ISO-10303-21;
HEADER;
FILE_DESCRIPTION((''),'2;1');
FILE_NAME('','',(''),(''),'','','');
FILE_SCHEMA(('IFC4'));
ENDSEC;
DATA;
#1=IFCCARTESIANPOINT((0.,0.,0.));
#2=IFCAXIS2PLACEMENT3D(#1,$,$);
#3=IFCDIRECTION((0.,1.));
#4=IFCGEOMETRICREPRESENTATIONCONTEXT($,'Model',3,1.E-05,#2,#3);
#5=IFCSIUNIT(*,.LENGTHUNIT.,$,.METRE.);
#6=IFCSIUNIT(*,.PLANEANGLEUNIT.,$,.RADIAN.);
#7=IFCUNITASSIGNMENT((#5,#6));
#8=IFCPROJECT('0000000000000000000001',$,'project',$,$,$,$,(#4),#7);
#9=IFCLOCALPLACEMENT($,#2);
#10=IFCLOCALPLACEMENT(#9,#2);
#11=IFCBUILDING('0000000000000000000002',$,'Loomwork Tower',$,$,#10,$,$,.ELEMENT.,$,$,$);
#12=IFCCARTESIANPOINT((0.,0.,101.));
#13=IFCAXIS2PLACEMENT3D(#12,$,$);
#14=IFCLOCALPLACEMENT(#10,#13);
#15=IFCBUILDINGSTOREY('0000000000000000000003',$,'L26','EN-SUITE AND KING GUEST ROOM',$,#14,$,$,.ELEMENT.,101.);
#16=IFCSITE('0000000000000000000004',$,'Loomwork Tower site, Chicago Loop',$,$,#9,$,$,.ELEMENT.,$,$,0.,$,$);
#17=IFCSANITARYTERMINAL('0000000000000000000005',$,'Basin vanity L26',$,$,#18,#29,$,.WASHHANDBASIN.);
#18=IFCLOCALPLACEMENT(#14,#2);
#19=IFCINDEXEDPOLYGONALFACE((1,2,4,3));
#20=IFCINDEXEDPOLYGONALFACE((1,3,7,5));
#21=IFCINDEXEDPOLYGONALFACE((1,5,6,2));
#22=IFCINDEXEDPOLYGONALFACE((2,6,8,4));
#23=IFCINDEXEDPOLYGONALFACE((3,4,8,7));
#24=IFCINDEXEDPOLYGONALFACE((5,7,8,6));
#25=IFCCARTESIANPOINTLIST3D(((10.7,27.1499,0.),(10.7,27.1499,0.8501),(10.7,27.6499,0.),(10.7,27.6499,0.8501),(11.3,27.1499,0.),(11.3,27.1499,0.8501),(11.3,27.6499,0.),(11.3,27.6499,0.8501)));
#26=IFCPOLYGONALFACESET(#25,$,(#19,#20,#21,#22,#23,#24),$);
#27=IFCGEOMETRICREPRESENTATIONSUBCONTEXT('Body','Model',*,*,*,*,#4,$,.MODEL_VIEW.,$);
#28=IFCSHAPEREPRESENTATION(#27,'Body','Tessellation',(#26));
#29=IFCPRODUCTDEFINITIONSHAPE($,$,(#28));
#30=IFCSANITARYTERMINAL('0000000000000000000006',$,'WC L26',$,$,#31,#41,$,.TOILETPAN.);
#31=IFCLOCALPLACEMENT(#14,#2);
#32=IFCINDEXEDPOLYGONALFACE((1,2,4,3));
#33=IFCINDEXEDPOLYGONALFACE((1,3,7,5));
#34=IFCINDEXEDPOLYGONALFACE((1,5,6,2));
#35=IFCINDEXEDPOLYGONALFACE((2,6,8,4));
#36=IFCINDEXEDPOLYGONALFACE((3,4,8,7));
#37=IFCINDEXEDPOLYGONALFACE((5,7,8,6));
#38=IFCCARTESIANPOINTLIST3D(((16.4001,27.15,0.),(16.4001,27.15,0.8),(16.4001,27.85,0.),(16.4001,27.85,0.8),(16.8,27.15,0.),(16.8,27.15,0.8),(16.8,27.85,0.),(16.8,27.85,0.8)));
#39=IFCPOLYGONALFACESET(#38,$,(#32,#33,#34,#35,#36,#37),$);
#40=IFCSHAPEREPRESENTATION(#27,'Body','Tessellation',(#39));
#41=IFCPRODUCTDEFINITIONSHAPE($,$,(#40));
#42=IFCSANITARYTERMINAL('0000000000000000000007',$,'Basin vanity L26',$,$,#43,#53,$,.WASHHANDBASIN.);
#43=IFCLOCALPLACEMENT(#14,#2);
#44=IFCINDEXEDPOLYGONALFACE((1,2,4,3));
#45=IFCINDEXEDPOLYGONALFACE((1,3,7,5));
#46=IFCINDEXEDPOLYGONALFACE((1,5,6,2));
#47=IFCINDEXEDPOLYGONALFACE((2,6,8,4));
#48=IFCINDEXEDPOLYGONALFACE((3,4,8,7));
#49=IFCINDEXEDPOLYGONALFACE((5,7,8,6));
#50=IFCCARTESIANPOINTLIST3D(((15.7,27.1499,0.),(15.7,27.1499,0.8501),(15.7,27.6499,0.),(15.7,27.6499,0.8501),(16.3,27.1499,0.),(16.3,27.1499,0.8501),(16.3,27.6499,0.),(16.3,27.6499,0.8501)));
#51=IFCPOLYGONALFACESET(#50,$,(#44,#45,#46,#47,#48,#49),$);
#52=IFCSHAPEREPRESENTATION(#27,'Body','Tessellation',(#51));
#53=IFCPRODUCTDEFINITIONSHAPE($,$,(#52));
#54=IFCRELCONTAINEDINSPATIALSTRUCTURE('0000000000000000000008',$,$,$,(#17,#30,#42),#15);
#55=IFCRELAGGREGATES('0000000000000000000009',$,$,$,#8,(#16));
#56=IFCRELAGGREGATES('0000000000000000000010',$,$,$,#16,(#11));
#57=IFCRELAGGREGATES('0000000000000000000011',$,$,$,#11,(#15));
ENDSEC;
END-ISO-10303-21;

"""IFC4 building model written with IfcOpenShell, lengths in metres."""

from ifc_helpers import new_model, si_unit, direction, frame, origin, origin_2d, place, context, subcontext, project, spatial, rectangle, extrude, element, save


model = new_model("IFC4")

# Units and contexts
model_context = context("Model", 3, precision=1e-05, world=origin(), true_north=direction((0.0, 1.0)))
body_context = subcontext(model_context, "Body", "Model", "MODEL_VIEW")
ifc_project = project(units=[si_unit("LENGTHUNIT", "METRE"), si_unit("PLANEANGLEUNIT", "RADIAN")], contexts=[model_context])

# Site, building, storey
site_placement = place(None, origin())
site = spatial("IfcSite", under=ifc_project, at=site_placement, Name="Loomwork Tower site, Chicago Loop", CompositionType="ELEMENT", RefElevation=0.0)
building_placement = place(site_placement, origin())
building = spatial("IfcBuilding", under=site, at=building_placement, Name="Loomwork Tower", CompositionType="ELEMENT")
storey_placement = place(building_placement, frame((0.0, 0.0, 101.0)))
storey = spatial("IfcBuildingStorey", under=building, at=storey_placement, Name="L26", Description="EN-SUITE AND KING GUEST ROOM", CompositionType="ELEMENT", Elevation=101.0)

# Sanitary terminals
sanitary_terminal_1_placement = place(storey_placement, frame((11.0, 27.3999, 0.0), z_axis=(0.0, 0.0, 1.0), x_axis=(1.0, 0.0, 0.0)))
element("IfcSanitaryTerminal", 1, at=sanitary_terminal_1_placement, inside=storey, Name="Basin vanity L26", PredefinedType="WASHHANDBASIN", context=body_context, shape_type="SweptSolid", body=[
    extrude(rectangle(XDim=0.6001, YDim=0.5, at=origin_2d()), origin(), (0.0, 0.0, 1.0), 0.8501),
])
sanitary_terminal_2_placement = place(storey_placement, frame((16.6001, 27.5, 0.0), z_axis=(0.0, 0.0, 1.0), x_axis=(1.0, 0.0, 0.0)))
element("IfcSanitaryTerminal", 2, at=sanitary_terminal_2_placement, inside=storey, Name="WC L26", PredefinedType="TOILETPAN", context=body_context, shape_type="SweptSolid", body=[
    extrude(rectangle(XDim=0.3999, YDim=0.7, at=origin_2d()), origin(), (0.0, 0.0, 1.0), 0.8),
])
sanitary_terminal_3_placement = place(storey_placement, frame((16.0, 27.3999, 0.0), z_axis=(0.0, 0.0, 1.0), x_axis=(1.0, 0.0, 0.0)))
element("IfcSanitaryTerminal", 3, at=sanitary_terminal_3_placement, inside=storey, Name="Basin vanity L26", PredefinedType="WASHHANDBASIN", context=body_context, shape_type="SweptSolid", body=[
    extrude(rectangle(XDim=0.6001, YDim=0.5, at=origin_2d()), origin(), (0.0, 0.0, 1.0), 0.8501),
])

save(model, "model.ifc")
